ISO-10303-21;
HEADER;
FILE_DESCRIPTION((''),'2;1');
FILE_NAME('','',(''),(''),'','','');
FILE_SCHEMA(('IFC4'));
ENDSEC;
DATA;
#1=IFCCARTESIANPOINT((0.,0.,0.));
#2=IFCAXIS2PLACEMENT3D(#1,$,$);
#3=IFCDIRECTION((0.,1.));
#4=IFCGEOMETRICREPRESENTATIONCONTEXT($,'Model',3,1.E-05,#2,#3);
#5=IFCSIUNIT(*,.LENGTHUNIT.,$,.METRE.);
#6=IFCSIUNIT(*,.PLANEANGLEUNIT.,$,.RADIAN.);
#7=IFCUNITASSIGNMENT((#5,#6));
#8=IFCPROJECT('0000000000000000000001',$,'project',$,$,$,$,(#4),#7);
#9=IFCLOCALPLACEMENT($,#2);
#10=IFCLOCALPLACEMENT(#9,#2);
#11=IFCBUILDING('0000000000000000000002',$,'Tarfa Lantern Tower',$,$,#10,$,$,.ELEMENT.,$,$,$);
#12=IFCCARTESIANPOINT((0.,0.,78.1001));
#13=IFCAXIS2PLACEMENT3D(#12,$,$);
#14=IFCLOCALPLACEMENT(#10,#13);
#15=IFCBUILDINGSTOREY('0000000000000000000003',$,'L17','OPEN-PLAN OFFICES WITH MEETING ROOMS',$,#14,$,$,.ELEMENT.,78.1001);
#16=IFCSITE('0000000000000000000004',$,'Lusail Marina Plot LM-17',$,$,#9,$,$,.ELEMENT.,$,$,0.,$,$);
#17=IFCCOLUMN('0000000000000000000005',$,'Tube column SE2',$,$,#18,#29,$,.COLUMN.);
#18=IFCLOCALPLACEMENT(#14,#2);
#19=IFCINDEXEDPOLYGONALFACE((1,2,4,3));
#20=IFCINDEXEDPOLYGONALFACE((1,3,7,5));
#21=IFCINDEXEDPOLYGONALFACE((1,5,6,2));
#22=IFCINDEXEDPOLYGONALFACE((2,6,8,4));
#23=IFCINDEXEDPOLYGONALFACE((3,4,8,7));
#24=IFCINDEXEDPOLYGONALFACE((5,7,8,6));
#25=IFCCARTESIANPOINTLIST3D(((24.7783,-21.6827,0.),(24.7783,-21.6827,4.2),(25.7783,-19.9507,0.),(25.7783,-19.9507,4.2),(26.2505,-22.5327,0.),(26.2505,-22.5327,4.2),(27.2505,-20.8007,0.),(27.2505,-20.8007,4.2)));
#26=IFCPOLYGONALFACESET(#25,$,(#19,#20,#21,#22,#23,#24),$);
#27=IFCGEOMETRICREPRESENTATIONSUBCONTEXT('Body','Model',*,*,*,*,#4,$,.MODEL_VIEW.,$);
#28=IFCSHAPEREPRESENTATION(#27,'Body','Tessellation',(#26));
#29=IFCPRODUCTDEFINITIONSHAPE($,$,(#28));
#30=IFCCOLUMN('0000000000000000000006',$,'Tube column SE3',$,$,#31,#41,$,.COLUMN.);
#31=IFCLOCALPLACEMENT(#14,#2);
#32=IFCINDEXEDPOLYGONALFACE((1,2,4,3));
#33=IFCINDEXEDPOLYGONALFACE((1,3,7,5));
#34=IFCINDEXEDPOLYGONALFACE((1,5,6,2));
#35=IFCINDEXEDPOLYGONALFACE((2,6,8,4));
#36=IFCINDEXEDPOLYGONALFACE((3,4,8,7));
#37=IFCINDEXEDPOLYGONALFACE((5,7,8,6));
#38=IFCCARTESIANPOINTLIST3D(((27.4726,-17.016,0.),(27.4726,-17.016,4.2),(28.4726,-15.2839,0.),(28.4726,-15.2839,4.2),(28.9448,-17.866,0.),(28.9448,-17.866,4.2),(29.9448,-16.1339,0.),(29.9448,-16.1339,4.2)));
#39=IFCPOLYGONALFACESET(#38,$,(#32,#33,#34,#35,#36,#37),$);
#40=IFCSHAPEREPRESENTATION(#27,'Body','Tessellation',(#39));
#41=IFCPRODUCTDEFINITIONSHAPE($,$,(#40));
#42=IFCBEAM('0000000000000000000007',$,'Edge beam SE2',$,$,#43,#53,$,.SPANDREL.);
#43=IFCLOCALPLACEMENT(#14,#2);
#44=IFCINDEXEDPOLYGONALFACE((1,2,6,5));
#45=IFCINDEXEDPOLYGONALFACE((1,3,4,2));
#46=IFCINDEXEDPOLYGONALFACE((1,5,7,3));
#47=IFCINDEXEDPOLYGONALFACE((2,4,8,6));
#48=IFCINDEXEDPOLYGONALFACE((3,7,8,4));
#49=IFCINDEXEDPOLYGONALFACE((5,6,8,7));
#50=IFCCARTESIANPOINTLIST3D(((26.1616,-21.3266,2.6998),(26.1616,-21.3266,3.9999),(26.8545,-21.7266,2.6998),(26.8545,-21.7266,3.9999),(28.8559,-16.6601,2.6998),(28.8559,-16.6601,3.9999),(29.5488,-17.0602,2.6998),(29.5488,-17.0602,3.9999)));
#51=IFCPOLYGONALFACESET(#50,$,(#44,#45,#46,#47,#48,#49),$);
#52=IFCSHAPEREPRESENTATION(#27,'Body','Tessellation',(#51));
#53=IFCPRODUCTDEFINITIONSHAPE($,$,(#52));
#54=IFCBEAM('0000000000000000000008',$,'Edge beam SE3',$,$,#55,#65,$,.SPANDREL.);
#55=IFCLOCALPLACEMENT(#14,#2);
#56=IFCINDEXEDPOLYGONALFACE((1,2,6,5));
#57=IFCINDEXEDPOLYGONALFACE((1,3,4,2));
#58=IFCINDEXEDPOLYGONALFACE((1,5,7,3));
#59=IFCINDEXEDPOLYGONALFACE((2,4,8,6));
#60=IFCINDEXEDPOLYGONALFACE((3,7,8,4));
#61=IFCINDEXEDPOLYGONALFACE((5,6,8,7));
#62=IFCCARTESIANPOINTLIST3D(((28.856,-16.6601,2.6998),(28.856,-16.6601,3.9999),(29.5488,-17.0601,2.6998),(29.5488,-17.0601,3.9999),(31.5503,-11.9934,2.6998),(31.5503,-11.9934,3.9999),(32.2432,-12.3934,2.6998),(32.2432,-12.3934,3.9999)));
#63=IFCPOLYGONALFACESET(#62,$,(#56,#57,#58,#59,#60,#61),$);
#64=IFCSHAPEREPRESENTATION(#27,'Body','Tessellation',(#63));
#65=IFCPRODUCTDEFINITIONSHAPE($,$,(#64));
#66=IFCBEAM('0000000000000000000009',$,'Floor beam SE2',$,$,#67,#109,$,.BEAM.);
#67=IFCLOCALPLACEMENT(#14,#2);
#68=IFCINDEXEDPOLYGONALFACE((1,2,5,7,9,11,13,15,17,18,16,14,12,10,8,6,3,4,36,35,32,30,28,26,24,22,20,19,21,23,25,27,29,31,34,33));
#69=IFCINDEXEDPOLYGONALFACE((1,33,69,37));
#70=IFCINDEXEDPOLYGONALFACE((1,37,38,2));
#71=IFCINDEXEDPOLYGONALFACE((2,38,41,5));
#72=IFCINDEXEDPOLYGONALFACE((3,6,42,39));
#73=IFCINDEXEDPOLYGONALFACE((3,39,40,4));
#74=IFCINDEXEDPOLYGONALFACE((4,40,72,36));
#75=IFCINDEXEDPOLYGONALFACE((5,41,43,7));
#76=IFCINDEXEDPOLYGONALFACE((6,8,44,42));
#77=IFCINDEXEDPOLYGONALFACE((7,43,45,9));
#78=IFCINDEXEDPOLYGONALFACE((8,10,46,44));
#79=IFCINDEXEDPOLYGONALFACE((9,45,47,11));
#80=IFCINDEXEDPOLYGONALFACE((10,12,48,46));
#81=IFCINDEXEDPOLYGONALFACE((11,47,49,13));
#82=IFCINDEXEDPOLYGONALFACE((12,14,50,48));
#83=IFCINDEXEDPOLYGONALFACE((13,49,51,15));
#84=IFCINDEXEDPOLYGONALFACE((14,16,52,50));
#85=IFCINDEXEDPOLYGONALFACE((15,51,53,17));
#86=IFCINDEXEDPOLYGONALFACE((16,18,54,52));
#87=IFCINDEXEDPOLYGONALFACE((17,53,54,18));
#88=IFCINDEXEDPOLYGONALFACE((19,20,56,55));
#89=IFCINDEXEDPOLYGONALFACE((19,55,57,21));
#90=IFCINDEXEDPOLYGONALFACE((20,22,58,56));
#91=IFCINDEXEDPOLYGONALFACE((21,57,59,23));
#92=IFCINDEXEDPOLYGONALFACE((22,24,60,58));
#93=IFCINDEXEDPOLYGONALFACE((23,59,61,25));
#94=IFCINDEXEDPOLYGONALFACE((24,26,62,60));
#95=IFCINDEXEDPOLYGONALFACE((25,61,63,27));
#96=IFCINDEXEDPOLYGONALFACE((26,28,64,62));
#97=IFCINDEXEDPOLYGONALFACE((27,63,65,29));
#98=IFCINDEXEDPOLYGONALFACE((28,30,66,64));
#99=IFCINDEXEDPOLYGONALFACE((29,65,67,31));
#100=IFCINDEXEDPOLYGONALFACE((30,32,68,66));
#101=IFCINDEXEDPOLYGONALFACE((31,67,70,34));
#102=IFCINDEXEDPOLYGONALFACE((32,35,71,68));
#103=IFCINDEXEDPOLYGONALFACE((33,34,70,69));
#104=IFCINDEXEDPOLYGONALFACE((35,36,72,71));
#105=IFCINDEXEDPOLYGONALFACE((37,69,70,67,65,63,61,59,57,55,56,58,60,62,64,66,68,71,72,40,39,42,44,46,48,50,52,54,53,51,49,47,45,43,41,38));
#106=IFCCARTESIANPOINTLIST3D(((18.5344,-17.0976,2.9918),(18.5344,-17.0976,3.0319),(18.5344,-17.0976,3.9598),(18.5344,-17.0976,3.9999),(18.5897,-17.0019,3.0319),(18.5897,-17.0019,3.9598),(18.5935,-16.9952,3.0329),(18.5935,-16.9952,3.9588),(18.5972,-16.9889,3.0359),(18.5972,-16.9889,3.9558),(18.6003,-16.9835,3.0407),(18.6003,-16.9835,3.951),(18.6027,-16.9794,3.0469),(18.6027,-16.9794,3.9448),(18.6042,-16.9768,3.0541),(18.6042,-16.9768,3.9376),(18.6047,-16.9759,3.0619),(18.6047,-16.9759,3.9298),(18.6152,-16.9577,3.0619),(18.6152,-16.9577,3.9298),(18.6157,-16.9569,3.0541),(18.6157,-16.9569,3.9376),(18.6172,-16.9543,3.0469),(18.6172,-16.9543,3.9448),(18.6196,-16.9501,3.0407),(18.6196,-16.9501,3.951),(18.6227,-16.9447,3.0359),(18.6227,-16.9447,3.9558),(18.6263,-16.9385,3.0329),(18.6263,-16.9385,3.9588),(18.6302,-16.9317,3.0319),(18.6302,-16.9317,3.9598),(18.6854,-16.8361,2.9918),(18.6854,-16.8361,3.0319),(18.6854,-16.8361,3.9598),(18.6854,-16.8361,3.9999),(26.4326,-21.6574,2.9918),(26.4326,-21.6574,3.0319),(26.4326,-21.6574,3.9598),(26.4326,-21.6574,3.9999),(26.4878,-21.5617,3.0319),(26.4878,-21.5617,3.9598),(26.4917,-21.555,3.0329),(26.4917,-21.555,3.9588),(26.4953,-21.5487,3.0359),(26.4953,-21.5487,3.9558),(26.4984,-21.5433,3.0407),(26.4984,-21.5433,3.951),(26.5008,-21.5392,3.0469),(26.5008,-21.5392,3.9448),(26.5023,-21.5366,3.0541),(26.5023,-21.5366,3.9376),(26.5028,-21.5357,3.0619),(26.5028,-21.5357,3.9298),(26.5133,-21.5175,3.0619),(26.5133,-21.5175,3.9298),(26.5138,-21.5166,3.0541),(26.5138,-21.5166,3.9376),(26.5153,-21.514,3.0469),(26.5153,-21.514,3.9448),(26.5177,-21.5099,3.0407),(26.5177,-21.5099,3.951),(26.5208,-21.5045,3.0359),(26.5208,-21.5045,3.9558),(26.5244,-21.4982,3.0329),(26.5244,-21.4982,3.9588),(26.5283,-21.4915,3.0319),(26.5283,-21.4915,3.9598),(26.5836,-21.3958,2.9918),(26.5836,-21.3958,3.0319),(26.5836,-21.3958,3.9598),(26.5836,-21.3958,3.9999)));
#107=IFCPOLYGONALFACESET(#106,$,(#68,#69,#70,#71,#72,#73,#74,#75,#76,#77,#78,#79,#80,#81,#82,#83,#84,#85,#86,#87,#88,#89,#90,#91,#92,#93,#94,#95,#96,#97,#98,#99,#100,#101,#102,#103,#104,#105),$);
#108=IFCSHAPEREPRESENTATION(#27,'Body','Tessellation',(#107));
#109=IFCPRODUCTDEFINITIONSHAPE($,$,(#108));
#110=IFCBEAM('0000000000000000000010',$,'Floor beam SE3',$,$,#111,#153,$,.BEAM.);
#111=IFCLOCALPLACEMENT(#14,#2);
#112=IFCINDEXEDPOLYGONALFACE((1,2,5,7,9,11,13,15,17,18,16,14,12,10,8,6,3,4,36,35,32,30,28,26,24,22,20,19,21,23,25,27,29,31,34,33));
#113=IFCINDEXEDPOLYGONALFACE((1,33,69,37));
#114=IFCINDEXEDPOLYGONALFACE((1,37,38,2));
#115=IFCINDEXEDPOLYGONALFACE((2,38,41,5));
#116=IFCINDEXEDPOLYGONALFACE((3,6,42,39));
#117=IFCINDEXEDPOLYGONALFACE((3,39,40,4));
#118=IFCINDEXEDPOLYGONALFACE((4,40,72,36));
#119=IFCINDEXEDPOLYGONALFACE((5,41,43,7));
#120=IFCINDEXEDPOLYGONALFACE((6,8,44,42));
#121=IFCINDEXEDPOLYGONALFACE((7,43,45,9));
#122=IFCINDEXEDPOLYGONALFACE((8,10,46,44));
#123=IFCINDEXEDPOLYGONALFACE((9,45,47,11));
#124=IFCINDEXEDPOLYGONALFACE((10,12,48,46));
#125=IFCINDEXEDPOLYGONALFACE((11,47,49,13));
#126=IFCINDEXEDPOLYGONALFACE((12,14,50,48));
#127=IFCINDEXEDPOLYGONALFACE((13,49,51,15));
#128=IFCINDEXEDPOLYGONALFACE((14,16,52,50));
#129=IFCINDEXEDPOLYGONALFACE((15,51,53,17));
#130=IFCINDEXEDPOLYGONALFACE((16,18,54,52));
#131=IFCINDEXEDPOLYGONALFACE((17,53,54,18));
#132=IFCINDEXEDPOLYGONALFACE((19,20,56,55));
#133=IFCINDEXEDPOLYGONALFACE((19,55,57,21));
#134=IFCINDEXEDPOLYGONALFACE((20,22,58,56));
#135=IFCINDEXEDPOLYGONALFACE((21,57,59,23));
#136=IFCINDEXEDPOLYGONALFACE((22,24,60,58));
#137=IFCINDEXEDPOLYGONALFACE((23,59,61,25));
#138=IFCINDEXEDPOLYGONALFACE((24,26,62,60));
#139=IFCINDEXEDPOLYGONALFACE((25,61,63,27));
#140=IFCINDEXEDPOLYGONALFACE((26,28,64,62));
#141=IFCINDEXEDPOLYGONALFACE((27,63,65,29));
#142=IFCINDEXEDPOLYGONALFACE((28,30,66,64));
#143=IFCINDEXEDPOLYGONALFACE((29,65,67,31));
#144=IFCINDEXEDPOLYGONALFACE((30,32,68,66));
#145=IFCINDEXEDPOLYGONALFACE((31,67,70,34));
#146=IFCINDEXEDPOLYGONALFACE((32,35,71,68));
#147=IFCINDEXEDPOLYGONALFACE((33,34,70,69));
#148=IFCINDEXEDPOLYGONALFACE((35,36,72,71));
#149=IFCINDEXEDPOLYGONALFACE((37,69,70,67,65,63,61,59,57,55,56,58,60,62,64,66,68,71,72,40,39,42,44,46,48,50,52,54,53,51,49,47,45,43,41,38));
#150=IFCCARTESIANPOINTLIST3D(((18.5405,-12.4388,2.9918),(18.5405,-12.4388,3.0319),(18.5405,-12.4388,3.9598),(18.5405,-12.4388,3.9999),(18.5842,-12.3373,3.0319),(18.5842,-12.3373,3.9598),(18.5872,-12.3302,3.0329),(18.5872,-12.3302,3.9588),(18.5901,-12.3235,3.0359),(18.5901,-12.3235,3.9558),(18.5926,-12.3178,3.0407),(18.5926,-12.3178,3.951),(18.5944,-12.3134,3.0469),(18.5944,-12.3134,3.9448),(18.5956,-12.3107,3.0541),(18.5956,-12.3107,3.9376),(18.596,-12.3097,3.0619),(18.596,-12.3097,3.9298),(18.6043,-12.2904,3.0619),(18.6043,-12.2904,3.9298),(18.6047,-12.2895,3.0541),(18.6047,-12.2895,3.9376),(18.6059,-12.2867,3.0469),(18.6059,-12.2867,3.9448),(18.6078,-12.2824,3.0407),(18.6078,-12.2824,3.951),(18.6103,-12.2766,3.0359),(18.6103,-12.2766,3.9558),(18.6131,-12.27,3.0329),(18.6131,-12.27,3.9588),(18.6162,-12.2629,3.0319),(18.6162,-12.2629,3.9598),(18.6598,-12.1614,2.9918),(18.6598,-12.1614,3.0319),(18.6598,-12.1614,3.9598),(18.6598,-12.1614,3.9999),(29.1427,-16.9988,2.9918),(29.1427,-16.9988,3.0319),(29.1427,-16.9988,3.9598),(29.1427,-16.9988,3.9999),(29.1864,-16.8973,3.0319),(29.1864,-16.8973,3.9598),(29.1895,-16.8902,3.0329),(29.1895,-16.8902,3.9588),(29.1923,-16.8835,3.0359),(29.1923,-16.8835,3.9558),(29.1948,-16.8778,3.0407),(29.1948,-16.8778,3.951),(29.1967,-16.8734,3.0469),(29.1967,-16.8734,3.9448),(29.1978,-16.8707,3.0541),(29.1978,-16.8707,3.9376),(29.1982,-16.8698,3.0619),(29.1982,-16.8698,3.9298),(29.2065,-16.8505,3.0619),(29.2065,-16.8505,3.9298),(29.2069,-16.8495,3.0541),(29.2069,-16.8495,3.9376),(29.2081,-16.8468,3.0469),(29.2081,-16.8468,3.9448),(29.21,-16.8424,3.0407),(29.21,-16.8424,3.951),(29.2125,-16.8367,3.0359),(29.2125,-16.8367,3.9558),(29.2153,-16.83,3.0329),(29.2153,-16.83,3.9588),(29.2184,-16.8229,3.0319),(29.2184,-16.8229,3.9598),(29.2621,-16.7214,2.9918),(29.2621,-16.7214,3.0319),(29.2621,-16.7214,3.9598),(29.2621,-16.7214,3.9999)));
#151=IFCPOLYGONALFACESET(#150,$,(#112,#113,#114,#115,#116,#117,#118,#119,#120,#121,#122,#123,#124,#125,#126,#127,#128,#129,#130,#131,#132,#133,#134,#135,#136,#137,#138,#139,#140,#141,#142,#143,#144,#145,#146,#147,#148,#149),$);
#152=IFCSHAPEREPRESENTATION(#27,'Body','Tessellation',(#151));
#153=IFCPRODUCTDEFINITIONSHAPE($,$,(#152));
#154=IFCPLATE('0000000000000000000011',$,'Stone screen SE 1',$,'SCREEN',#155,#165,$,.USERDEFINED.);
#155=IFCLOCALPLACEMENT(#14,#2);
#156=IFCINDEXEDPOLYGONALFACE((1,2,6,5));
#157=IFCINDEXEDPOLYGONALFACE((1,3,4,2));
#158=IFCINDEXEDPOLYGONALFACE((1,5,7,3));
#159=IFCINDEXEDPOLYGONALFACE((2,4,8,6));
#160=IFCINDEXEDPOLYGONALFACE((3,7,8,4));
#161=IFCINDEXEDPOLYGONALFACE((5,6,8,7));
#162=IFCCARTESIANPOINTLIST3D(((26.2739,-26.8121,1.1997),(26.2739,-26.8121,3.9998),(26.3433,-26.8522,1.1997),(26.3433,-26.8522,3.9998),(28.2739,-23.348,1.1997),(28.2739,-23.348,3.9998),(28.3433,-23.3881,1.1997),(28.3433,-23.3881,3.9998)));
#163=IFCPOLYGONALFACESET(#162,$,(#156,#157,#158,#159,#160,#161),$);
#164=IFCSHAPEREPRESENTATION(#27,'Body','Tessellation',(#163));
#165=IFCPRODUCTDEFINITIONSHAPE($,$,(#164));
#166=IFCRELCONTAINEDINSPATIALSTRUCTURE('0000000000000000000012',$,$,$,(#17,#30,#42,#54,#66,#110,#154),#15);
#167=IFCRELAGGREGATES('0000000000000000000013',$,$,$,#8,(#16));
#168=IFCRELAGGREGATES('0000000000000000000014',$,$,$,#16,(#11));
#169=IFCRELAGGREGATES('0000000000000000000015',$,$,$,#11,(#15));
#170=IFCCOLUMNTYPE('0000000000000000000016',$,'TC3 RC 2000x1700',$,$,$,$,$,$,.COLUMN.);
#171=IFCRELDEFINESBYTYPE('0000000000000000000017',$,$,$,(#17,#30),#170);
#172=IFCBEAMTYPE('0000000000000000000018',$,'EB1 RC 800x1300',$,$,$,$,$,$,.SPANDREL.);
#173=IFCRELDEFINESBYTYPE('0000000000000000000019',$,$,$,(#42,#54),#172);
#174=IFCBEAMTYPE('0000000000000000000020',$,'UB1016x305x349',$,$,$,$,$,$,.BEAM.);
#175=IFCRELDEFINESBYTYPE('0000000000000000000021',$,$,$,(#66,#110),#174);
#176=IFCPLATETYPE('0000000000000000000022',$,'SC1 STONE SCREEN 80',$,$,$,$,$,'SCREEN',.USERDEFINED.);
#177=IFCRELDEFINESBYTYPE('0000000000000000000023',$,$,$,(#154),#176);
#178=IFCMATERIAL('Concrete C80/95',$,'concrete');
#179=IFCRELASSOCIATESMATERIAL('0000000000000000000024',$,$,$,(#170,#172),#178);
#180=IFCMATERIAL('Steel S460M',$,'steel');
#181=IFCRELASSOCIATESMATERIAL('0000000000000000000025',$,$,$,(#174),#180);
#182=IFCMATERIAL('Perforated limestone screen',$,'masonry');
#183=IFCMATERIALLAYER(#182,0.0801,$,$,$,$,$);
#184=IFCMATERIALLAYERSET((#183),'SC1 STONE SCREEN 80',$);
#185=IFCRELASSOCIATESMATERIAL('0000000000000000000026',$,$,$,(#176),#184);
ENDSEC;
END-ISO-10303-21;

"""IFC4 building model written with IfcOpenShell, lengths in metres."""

from ifc_helpers import new_model, si_unit, direction, frame, origin, origin_2d, place, context, subcontext, project, spatial, rectangle, i_section, extrude, material, layer, layer_set, material_profile, profile_set, type_object, element, save


model = new_model("IFC4")

# Units and contexts
model_context = context("Model", 3, precision=1e-05, world=origin(), true_north=direction((0.0, 1.0)))
body_context = subcontext(model_context, "Body", "Model", "MODEL_VIEW")
ifc_project = project(units=[si_unit("LENGTHUNIT", "METRE"), si_unit("PLANEANGLEUNIT", "RADIAN")], contexts=[model_context])

# Site, building, storey
site_placement = place(None, origin())
site = spatial("IfcSite", under=ifc_project, at=site_placement, Name="Lusail Marina Plot LM-17", CompositionType="ELEMENT", RefElevation=0.0)
building_placement = place(site_placement, origin())
building = spatial("IfcBuilding", under=site, at=building_placement, Name="Tarfa Lantern Tower", CompositionType="ELEMENT")
storey_placement = place(building_placement, frame((0.0, 0.0, 78.1001)))
storey = spatial("IfcBuildingStorey", under=building, at=storey_placement, Name="L17", Description="OPEN-PLAN OFFICES WITH MEETING ROOMS", CompositionType="ELEMENT", Elevation=78.1001)

# Columns
ifc_material_1 = material(Name="Concrete C80/95", Category="concrete")
ifc_material_profile_1 = material_profile(ifc_material_1, rectangle(XDim=2.0, YDim=1.7, at=origin_2d()), Name="RC 2000x1700")
ifc_profile_set_1 = profile_set([ifc_material_profile_1], Name="Concrete C80/95")
column_type = type_object("IfcColumnType", Name="TC3 RC 2000x1700", PredefinedType="COLUMN", material=ifc_profile_set_1)
for number, where, z_axis, x_axis, name in (
    (1, (26.0144, -21.2417, 0.0), (0.0, 0.0, 1.0), (0.5, 0.866025, 0.0), "Tube column SE2"),
    (2, (28.7087, -16.575, 0.0), (0.0, 0.0, 1.0), (0.5, 0.866025, 0.0), "Tube column SE3"),
):
    element("IfcColumn", number, at=place(storey_placement, frame(where, z_axis=z_axis, x_axis=x_axis)), inside=storey, type_object=column_type, Name=name, PredefinedType="COLUMN", context=body_context, shape_type="SweptSolid", body=[
        extrude(rectangle(XDim=2.0, YDim=1.7, at=origin_2d()), origin(), (0.0, 0.0, 1.0), 4.2),
    ])

# Beams
ifc_material_profile_2 = material_profile(ifc_material_1, rectangle(XDim=0.8, YDim=1.3, at=origin_2d()), Name="RC 800x1300")
ifc_profile_set_2 = profile_set([ifc_material_profile_2], Name="Concrete C80/95")
beam_type_1 = type_object("IfcBeamType", Name="EB1 RC 800x1300", PredefinedType="SPANDREL", material=ifc_profile_set_2)
beam_1_placement = place(storey_placement, frame((26.5081, -21.5266, 3.3499), z_axis=(0.500018, 0.866015, 0.0), x_axis=(-0.866015, 0.500018, 0.0)))
element("IfcBeam", 3, at=beam_1_placement, inside=storey, type_object=beam_type_1, Name="Edge beam SE2", PredefinedType="SPANDREL", context=body_context, shape_type="SweptSolid", body=[
    extrude(rectangle(XDim=0.8, YDim=1.3, at=origin_2d()), origin(), (0.0, 0.0, 1.0), 5.3884),
])
beam_2_placement = place(storey_placement, frame((29.2024, -16.8601, 3.3499), z_axis=(0.499998, 0.866026, 0.0), x_axis=(-0.866026, 0.499998, 0.0)))
element("IfcBeam", 4, at=beam_2_placement, inside=storey, type_object=beam_type_1, Name="Edge beam SE3", PredefinedType="SPANDREL", context=body_context, shape_type="SweptSolid", body=[
    extrude(rectangle(XDim=0.8, YDim=1.3, at=origin_2d()), origin(), (0.0, 0.0, 1.0), 5.3887),
])
ifc_material_2 = material(Name="Steel S460M", Category="steel")
ifc_material_profile_3 = material_profile(ifc_material_2, i_section(OverallWidth=0.302, OverallDepth=1.0081, WebThickness=0.021, FlangeThickness=0.04, FilletRadius=0.03, at=origin_2d()), Name="UB1016x305x349")
ifc_profile_set_3 = profile_set([ifc_material_profile_3], Name="Steel S460M")
beam_type_2 = type_object("IfcBeamType", Name="UB1016x305x349", PredefinedType="BEAM", material=ifc_profile_set_3)
beam_3_placement = place(storey_placement, frame((26.5081, -21.5266, 3.4958), z_axis=(-0.866035, 0.499983, 0.0), x_axis=(-0.499983, -0.866035, 0.0)))
element("IfcBeam", 5, at=beam_3_placement, inside=storey, type_object=beam_type_2, Name="Floor beam SE2", PredefinedType="BEAM", context=body_context, shape_type="SweptSolid", body=[
    extrude(i_section(OverallWidth=0.302, OverallDepth=1.0081, WebThickness=0.021, FlangeThickness=0.04, FilletRadius=0.03, at=origin_2d()), origin(), (0.0, 0.0, 1.0), 9.1199),
])
beam_4_placement = place(storey_placement, frame((29.2024, -16.8601, 3.4958), z_axis=(-0.918635, 0.395106, 0.0), x_axis=(-0.395106, -0.918635, 0.0)))
element("IfcBeam", 6, at=beam_4_placement, inside=storey, type_object=beam_type_2, Name="Floor beam SE3", PredefinedType="BEAM", context=body_context, shape_type="SweptSolid", body=[
    extrude(i_section(OverallWidth=0.302, OverallDepth=1.0081, WebThickness=0.021, FlangeThickness=0.04, FilletRadius=0.03, at=origin_2d()), origin(), (0.0, 0.0, 1.0), 11.5413),
])

# Plate
ifc_material_3 = material(Name="Perforated limestone screen", Category="masonry")
ifc_layer_1 = layer(ifc_material_3, 0.0801)
ifc_layer_set_1 = layer_set([ifc_layer_1], Name="SC1 STONE SCREEN 80")
plate_type = type_object("IfcPlateType", Name="SC1 STONE SCREEN 80", ElementType="SCREEN", PredefinedType="USERDEFINED", material=ifc_layer_set_1)
plate_placement = place(storey_placement, frame((27.3086, -25.1001, 1.1997), z_axis=(0.0, 0.0, 1.0), x_axis=(0.5, 0.866025, 0.0)))
element("IfcPlate", 7, at=plate_placement, inside=storey, type_object=plate_type, Name="Stone screen SE 1", ObjectType="SCREEN", PredefinedType="USERDEFINED", context=body_context, shape_type="SweptSolid", body=[
    extrude(rectangle(XDim=4.0, YDim=0.0801, at=origin_2d()), origin(), (0.0, 0.0, 1.0), 2.8),
])

save(model, "model.ifc")
